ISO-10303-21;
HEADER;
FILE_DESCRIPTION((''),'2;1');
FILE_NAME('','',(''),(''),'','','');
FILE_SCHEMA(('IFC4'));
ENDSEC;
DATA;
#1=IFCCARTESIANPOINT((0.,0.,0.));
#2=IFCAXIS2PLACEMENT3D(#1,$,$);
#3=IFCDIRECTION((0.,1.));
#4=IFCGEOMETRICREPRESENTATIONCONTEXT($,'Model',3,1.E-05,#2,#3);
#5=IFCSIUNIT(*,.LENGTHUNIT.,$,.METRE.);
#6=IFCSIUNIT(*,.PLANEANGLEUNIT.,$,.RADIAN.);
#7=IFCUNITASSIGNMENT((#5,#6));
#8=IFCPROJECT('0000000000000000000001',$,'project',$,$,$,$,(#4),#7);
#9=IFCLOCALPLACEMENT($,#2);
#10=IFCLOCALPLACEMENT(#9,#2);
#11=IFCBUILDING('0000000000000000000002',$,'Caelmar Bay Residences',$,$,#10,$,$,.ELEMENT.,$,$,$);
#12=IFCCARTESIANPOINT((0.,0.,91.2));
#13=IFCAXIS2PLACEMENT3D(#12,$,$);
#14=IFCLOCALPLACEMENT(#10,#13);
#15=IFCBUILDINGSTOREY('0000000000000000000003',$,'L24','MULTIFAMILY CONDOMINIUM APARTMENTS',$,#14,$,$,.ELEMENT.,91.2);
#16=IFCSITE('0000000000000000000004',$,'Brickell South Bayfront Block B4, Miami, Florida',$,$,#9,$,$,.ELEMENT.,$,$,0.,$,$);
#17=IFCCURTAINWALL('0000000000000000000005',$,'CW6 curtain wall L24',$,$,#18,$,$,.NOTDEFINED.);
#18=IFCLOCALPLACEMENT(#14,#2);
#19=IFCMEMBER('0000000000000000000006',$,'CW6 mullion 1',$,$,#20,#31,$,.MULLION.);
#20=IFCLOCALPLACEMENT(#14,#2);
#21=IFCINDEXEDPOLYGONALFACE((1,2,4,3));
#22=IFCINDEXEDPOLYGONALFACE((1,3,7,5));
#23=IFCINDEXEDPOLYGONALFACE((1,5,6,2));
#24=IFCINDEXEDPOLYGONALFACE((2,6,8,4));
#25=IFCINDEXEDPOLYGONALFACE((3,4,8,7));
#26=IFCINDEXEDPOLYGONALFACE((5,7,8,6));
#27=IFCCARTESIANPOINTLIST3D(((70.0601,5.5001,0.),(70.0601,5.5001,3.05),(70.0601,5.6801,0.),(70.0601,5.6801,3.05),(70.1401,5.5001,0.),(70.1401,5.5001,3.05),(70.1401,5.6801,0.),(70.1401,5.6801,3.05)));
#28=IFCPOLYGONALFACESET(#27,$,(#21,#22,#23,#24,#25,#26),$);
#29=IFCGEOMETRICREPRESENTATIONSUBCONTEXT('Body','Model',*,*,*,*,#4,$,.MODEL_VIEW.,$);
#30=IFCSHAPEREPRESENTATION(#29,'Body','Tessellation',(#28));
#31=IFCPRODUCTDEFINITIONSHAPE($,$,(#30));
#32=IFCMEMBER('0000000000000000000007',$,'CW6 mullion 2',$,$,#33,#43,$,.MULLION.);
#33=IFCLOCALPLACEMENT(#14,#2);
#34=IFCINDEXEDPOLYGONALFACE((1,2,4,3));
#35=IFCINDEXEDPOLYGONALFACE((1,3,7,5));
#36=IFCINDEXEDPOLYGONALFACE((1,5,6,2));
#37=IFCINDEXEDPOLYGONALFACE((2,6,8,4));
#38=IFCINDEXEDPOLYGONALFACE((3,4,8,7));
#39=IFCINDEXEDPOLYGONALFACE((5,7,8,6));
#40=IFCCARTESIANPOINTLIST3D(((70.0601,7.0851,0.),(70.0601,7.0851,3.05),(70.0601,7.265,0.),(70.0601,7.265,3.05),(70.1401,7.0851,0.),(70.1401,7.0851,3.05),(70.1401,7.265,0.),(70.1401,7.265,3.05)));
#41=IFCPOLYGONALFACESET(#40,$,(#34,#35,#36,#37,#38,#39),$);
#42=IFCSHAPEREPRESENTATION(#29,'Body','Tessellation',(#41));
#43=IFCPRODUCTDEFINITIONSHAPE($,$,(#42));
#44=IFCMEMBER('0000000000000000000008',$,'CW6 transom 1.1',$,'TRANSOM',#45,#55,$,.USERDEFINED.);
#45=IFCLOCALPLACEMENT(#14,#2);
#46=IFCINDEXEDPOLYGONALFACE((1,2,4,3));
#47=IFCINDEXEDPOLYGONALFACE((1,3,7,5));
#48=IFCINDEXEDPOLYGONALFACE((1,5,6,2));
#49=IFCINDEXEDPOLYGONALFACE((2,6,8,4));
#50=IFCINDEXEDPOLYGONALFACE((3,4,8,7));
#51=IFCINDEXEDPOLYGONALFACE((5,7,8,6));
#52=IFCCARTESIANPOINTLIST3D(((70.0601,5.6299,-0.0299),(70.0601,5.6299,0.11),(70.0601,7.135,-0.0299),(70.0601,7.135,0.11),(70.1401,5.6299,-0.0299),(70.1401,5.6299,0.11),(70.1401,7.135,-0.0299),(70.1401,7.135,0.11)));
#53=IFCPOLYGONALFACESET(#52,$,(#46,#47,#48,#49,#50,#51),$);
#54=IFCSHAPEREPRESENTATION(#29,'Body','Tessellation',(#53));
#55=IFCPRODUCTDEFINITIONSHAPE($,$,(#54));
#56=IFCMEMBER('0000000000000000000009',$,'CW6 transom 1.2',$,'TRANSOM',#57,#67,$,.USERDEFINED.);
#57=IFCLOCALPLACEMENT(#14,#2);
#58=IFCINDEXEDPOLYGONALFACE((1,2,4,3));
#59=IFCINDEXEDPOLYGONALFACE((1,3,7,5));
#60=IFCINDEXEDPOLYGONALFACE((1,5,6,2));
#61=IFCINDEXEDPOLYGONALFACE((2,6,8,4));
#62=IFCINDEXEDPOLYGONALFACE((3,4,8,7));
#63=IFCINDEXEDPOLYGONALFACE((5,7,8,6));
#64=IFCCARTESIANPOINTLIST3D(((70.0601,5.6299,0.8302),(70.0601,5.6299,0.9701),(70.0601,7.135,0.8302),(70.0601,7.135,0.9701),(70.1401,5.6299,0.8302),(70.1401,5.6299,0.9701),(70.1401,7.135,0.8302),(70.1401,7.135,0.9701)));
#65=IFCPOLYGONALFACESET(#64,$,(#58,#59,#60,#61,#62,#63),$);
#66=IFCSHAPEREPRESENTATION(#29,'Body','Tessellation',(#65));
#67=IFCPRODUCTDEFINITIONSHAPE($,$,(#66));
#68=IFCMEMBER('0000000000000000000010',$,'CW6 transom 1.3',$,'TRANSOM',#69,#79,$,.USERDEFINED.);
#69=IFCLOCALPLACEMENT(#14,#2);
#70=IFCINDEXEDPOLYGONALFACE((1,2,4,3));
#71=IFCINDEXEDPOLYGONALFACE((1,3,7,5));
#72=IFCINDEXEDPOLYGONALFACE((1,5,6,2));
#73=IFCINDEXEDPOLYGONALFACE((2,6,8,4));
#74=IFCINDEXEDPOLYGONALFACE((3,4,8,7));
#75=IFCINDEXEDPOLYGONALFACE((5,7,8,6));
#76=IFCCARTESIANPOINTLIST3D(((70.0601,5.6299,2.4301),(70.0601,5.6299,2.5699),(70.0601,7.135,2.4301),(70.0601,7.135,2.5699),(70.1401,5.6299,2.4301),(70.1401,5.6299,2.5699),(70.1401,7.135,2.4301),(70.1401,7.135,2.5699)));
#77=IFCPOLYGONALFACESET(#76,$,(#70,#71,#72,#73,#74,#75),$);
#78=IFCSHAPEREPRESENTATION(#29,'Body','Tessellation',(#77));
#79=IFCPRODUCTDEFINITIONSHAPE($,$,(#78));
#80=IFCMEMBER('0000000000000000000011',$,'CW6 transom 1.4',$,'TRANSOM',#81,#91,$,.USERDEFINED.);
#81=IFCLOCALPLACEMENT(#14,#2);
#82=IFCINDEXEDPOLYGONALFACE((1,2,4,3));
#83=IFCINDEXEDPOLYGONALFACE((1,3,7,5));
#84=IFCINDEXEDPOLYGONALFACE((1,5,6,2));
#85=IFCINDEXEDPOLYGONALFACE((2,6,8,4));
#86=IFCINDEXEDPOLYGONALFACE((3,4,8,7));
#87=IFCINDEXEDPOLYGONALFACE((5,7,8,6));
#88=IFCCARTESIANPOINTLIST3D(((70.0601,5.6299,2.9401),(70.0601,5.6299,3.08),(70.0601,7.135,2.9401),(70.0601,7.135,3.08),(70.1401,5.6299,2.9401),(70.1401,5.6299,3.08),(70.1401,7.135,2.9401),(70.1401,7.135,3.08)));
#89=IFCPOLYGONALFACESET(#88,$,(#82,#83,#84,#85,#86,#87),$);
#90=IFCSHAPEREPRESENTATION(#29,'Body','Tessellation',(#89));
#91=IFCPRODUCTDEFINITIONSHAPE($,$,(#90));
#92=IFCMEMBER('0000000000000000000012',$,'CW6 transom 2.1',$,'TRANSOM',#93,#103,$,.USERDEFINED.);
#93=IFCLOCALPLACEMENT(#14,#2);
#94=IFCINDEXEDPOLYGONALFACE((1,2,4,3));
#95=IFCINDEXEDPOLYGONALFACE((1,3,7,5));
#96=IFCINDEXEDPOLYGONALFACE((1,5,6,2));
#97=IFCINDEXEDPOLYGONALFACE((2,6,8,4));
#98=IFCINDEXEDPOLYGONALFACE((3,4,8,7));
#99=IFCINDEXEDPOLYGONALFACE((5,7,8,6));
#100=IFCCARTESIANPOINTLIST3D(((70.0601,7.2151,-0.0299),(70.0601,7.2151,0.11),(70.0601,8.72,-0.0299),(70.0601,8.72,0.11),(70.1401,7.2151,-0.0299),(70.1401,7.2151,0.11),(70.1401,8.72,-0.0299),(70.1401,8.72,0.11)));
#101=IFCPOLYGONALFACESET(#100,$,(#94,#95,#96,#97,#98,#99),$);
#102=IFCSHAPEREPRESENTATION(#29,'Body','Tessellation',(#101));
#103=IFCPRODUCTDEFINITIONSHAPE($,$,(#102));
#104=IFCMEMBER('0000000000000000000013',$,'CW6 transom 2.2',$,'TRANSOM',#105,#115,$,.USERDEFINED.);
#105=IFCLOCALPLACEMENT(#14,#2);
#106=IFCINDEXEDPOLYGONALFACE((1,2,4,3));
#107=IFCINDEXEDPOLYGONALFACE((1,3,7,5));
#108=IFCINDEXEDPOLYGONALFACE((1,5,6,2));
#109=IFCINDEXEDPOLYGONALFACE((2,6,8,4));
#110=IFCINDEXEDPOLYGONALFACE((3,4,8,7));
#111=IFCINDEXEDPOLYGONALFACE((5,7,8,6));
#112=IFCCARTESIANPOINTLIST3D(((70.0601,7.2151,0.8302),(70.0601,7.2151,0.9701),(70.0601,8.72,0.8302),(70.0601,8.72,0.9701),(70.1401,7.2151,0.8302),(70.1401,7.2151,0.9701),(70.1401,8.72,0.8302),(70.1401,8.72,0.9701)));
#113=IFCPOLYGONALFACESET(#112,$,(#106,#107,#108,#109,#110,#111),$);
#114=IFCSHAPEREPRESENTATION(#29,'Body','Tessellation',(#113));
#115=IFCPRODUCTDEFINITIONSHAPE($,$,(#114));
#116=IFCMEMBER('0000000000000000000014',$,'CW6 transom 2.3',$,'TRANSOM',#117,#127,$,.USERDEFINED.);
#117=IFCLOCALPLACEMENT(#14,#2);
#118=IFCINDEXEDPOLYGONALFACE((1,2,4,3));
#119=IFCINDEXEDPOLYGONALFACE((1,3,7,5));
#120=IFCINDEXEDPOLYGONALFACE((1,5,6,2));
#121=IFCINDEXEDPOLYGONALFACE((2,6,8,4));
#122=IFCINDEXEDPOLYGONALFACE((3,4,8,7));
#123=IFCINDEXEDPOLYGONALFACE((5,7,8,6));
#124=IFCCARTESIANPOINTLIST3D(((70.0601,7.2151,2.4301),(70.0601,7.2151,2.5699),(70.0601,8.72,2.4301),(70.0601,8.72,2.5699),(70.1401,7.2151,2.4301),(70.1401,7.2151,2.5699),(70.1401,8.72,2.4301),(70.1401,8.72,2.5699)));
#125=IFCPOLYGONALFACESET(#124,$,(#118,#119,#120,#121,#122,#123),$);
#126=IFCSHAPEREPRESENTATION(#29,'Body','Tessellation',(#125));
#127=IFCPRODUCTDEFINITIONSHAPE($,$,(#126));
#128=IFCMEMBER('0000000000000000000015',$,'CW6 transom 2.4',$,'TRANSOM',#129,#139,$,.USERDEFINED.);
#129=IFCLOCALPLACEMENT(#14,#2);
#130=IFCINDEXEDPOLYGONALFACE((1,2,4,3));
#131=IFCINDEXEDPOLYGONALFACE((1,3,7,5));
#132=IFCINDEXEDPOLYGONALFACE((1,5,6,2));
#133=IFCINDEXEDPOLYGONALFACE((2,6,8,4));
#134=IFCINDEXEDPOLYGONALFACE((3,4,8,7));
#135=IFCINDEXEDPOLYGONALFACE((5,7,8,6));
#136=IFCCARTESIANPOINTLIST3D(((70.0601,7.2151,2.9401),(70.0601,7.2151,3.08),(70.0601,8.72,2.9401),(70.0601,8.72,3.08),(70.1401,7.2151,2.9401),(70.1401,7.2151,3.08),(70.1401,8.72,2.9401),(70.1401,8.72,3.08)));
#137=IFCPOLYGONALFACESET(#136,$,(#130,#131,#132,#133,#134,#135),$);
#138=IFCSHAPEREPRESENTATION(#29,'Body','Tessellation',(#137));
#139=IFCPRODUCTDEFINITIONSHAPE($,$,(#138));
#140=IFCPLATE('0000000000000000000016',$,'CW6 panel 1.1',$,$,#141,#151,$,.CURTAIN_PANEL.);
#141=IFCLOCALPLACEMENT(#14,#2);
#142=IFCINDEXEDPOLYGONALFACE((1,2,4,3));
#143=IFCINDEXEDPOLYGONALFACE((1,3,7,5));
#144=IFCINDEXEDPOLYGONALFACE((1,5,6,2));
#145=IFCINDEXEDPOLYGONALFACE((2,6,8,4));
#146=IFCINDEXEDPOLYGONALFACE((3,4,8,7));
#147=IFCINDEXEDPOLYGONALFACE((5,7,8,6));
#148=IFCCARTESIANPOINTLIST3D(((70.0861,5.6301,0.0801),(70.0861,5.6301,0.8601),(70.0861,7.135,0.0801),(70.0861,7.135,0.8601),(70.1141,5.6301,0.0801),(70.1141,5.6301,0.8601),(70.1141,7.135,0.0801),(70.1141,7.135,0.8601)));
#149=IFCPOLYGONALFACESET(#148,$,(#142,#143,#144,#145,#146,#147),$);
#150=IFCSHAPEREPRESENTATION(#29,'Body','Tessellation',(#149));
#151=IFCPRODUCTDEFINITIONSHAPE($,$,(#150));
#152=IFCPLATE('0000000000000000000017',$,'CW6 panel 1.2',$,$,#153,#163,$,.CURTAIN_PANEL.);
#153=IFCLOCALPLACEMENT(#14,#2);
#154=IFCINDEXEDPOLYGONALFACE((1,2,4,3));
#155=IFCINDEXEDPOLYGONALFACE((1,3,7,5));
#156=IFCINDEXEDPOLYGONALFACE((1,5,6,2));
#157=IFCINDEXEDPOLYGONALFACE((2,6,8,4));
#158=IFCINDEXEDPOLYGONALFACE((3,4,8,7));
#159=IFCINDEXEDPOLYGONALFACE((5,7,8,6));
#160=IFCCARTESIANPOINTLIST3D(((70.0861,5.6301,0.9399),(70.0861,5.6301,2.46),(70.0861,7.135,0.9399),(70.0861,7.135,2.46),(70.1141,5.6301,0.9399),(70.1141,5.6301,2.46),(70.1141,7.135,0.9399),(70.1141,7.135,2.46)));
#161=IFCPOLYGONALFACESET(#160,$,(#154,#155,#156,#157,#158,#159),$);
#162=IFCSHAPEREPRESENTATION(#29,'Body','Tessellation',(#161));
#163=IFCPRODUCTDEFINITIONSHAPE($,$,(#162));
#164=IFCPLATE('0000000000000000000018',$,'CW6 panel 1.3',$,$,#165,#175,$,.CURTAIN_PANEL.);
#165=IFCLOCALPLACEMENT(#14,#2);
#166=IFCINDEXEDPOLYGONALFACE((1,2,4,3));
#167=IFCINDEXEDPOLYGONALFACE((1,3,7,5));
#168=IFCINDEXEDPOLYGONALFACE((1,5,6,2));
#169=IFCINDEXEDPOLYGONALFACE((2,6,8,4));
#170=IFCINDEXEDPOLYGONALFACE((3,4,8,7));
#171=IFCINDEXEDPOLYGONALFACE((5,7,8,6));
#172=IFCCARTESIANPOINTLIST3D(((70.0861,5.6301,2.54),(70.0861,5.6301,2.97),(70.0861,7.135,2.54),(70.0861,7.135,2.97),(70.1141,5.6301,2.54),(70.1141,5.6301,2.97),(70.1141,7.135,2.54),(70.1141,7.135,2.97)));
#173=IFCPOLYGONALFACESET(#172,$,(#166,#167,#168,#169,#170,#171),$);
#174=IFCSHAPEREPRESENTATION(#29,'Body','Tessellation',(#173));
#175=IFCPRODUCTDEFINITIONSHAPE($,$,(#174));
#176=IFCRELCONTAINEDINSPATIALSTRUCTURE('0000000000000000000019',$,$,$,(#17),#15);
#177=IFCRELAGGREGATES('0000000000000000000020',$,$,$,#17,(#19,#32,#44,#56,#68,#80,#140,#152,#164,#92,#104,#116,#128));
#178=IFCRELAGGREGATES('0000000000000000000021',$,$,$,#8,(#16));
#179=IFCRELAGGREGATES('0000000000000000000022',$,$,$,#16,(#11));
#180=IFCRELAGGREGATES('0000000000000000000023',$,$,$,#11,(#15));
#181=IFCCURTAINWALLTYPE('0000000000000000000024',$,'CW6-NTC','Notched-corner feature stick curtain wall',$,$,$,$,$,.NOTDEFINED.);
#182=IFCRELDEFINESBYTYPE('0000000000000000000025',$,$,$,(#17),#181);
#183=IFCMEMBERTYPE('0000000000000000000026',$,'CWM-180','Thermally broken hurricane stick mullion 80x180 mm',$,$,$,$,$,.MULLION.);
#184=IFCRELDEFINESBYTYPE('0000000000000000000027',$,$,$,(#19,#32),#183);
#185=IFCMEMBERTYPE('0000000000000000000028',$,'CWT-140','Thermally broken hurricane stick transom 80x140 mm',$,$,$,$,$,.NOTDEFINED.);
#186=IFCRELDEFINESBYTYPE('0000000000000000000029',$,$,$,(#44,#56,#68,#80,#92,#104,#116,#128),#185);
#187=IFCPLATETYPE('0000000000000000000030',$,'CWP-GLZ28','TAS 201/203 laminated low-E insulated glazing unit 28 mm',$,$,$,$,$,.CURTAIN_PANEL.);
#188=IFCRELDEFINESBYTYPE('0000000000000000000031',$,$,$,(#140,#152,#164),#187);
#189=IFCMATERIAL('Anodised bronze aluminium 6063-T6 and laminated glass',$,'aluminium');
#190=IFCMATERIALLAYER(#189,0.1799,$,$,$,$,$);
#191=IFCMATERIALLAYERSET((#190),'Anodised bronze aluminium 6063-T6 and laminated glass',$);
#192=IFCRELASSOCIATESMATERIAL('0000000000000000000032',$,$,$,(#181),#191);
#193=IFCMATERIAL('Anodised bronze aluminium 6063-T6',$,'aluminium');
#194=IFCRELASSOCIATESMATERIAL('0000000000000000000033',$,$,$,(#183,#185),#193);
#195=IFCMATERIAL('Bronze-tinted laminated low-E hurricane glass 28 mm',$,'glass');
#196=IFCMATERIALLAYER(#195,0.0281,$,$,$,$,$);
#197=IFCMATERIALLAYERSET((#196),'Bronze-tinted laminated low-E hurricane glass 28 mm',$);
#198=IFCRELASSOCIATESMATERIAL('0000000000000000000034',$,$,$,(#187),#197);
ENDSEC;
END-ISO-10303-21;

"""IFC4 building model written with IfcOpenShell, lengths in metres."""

from ifc_helpers import new_model, si_unit, direction, frame, origin, origin_2d, place, context, subcontext, project, spatial, rectangle, extrude, material, layer, layer_set, material_profile, profile_set, type_object, element, aggregate, save


model = new_model("IFC4")

# Units and contexts
model_context = context("Model", 3, precision=1e-05, world=origin(), true_north=direction((0.0, 1.0)))
body_context = subcontext(model_context, "Body", "Model", "MODEL_VIEW")
ifc_project = project(units=[si_unit("LENGTHUNIT", "METRE"), si_unit("PLANEANGLEUNIT", "RADIAN")], contexts=[model_context])

# Site, building, storey
site_placement = place(None, origin())
site = spatial("IfcSite", under=ifc_project, at=site_placement, Name="Brickell South Bayfront Block B4, Miami, Florida", CompositionType="ELEMENT", RefElevation=0.0)
building_placement = place(site_placement, origin())
building = spatial("IfcBuilding", under=site, at=building_placement, Name="Caelmar Bay Residences", CompositionType="ELEMENT")
storey_placement = place(building_placement, frame((0.0, 0.0, 91.2)))
storey = spatial("IfcBuildingStorey", under=building, at=storey_placement, Name="L24", Description="MULTIFAMILY CONDOMINIUM APARTMENTS", CompositionType="ELEMENT", Elevation=91.2)

# Curtain wall, members, plates
ifc_material_1 = material(Name="Anodised bronze aluminium 6063-T6 and laminated glass", Category="aluminium")
ifc_layer_1 = layer(ifc_material_1, 0.1799)
ifc_layer_set_1 = layer_set([ifc_layer_1], Name="Anodised bronze aluminium 6063-T6 and laminated glass")
curtain_wall_type = type_object("IfcCurtainWallType", Name="CW6-NTC", Description="Notched-corner feature stick curtain wall", PredefinedType="NOTDEFINED", material=ifc_layer_set_1)
curtain_wall_placement = place(storey_placement, origin())
curtain_wall = element("IfcCurtainWall", 1, at=curtain_wall_placement, inside=storey, type_object=curtain_wall_type, Name="CW6 curtain wall L24", PredefinedType="NOTDEFINED")
ifc_material_2 = material(Name="Anodised bronze aluminium 6063-T6", Category="aluminium")
ifc_material_profile_1 = material_profile(ifc_material_2, rectangle(XDim=0.0801, YDim=0.1799, at=origin_2d()), Name="CWM-80X180")
ifc_profile_set_1 = profile_set([ifc_material_profile_1], Name="Anodised bronze aluminium 6063-T6")
member_type_1 = type_object("IfcMemberType", Name="CWM-180", Description="Thermally broken hurricane stick mullion 80x180 mm", PredefinedType="MULLION", material=ifc_profile_set_1)
member_1_placement = place(storey_placement, frame((70.1001, 5.5901, 0.0), z_axis=(0.0, 0.0, 1.0), x_axis=(-1.0, 0.0, 0.0)))
member_1 = element("IfcMember", 2, at=member_1_placement, type_object=member_type_1, Name="CW6 mullion 1", PredefinedType="MULLION", context=body_context, shape_type="SweptSolid", body=[
    extrude(rectangle(XDim=0.0801, YDim=0.1799, at=origin_2d()), origin(), (0.0, 0.0, 1.0), 3.05),
])
member_2_placement = place(storey_placement, frame((70.1001, 7.175, 0.0), z_axis=(0.0, 0.0, 1.0), x_axis=(-1.0, 0.0, 0.0)))
member_2 = element("IfcMember", 3, at=member_2_placement, type_object=member_type_1, Name="CW6 mullion 2", PredefinedType="MULLION", context=body_context, shape_type="SweptSolid", body=[
    extrude(rectangle(XDim=0.0801, YDim=0.1799, at=origin_2d()), origin(), (0.0, 0.0, 1.0), 3.05),
])
ifc_material_profile_2 = material_profile(ifc_material_2, rectangle(XDim=0.0801, YDim=0.1399, at=origin_2d()), Name="CWT-80X140")
ifc_profile_set_2 = profile_set([ifc_material_profile_2], Name="Anodised bronze aluminium 6063-T6")
member_type_2 = type_object("IfcMemberType", Name="CWT-140", Description="Thermally broken hurricane stick transom 80x140 mm", PredefinedType="NOTDEFINED", material=ifc_profile_set_2)
member_3_placement = place(storey_placement, frame((70.1001, 5.6299, 0.04), z_axis=(0.0, 1.0, 0.0), x_axis=(-1.0, 0.0, 0.0)))
member_3 = element("IfcMember", 4, at=member_3_placement, type_object=member_type_2, Name="CW6 transom 1.1", ObjectType="TRANSOM", PredefinedType="USERDEFINED", context=body_context, shape_type="SweptSolid", body=[
    extrude(rectangle(XDim=0.0801, YDim=0.1399, at=origin_2d()), origin(), (0.0, 0.0, 1.0), 1.5051),
])
member_4_placement = place(storey_placement, frame((70.1001, 5.6299, 0.9001), z_axis=(0.0, 1.0, 0.0), x_axis=(-1.0, 0.0, 0.0)))
member_4 = element("IfcMember", 5, at=member_4_placement, type_object=member_type_2, Name="CW6 transom 1.2", ObjectType="TRANSOM", PredefinedType="USERDEFINED", context=body_context, shape_type="SweptSolid", body=[
    extrude(rectangle(XDim=0.0801, YDim=0.1399, at=origin_2d()), origin(), (0.0, 0.0, 1.0), 1.5051),
])
member_5_placement = place(storey_placement, frame((70.1001, 5.6299, 2.5), z_axis=(0.0, 1.0, 0.0), x_axis=(-1.0, 0.0, 0.0)))
member_5 = element("IfcMember", 6, at=member_5_placement, type_object=member_type_2, Name="CW6 transom 1.3", ObjectType="TRANSOM", PredefinedType="USERDEFINED", context=body_context, shape_type="SweptSolid", body=[
    extrude(rectangle(XDim=0.0801, YDim=0.1399, at=origin_2d()), origin(), (0.0, 0.0, 1.0), 1.5051),
])
member_6_placement = place(storey_placement, frame((70.1001, 5.6299, 3.01), z_axis=(0.0, 1.0, 0.0), x_axis=(-1.0, 0.0, 0.0)))
member_6 = element("IfcMember", 7, at=member_6_placement, type_object=member_type_2, Name="CW6 transom 1.4", ObjectType="TRANSOM", PredefinedType="USERDEFINED", context=body_context, shape_type="SweptSolid", body=[
    extrude(rectangle(XDim=0.0801, YDim=0.1399, at=origin_2d()), origin(), (0.0, 0.0, 1.0), 1.5051),
])
member_7_placement = place(storey_placement, frame((70.1001, 7.2151, 0.04), z_axis=(0.0, 1.0, 0.0), x_axis=(-1.0, 0.0, 0.0)))
member_7 = element("IfcMember", 8, at=member_7_placement, type_object=member_type_2, Name="CW6 transom 2.1", ObjectType="TRANSOM", PredefinedType="USERDEFINED", context=body_context, shape_type="SweptSolid", body=[
    extrude(rectangle(XDim=0.0801, YDim=0.1399, at=origin_2d()), origin(), (0.0, 0.0, 1.0), 1.5049),
])
member_8_placement = place(storey_placement, frame((70.1001, 7.2151, 0.9001), z_axis=(0.0, 1.0, 0.0), x_axis=(-1.0, 0.0, 0.0)))
member_8 = element("IfcMember", 9, at=member_8_placement, type_object=member_type_2, Name="CW6 transom 2.2", ObjectType="TRANSOM", PredefinedType="USERDEFINED", context=body_context, shape_type="SweptSolid", body=[
    extrude(rectangle(XDim=0.0801, YDim=0.1399, at=origin_2d()), origin(), (0.0, 0.0, 1.0), 1.5049),
])
member_9_placement = place(storey_placement, frame((70.1001, 7.2151, 2.5), z_axis=(0.0, 1.0, 0.0), x_axis=(-1.0, 0.0, 0.0)))
member_9 = element("IfcMember", 10, at=member_9_placement, type_object=member_type_2, Name="CW6 transom 2.3", ObjectType="TRANSOM", PredefinedType="USERDEFINED", context=body_context, shape_type="SweptSolid", body=[
    extrude(rectangle(XDim=0.0801, YDim=0.1399, at=origin_2d()), origin(), (0.0, 0.0, 1.0), 1.5049),
])
member_10_placement = place(storey_placement, frame((70.1001, 7.2151, 3.01), z_axis=(0.0, 1.0, 0.0), x_axis=(-1.0, 0.0, 0.0)))
member_10 = element("IfcMember", 11, at=member_10_placement, type_object=member_type_2, Name="CW6 transom 2.4", ObjectType="TRANSOM", PredefinedType="USERDEFINED", context=body_context, shape_type="SweptSolid", body=[
    extrude(rectangle(XDim=0.0801, YDim=0.1399, at=origin_2d()), origin(), (0.0, 0.0, 1.0), 1.5049),
])
ifc_material_3 = material(Name="Bronze-tinted laminated low-E hurricane glass 28 mm", Category="glass")
ifc_layer_2 = layer(ifc_material_3, 0.0281)
ifc_layer_set_2 = layer_set([ifc_layer_2], Name="Bronze-tinted laminated low-E hurricane glass 28 mm")
plate_type = type_object("IfcPlateType", Name="CWP-GLZ28", Description="TAS 201/203 laminated low-E insulated glazing unit 28 mm", PredefinedType="CURTAIN_PANEL", material=ifc_layer_set_2)
plate_1_placement = place(storey_placement, frame((70.1001, 6.3826, 0.0801), z_axis=(0.0, 0.0, 1.0), x_axis=(0.0, 1.0, 0.0)))
plate_1 = element("IfcPlate", 12, at=plate_1_placement, type_object=plate_type, Name="CW6 panel 1.1", PredefinedType="CURTAIN_PANEL", context=body_context, shape_type="SweptSolid", body=[
    extrude(rectangle(XDim=1.5049, YDim=0.0281, at=origin_2d()), origin(), (0.0, 0.0, 1.0), 0.78),
])
plate_2_placement = place(storey_placement, frame((70.1001, 6.3826, 0.9399), z_axis=(0.0, 0.0, 1.0), x_axis=(0.0, 1.0, 0.0)))
plate_2 = element("IfcPlate", 13, at=plate_2_placement, type_object=plate_type, Name="CW6 panel 1.2", PredefinedType="CURTAIN_PANEL", context=body_context, shape_type="SweptSolid", body=[
    extrude(rectangle(XDim=1.5049, YDim=0.0281, at=origin_2d()), origin(), (0.0, 0.0, 1.0), 1.52),
])
plate_3_placement = place(storey_placement, frame((70.1001, 6.3826, 2.54), z_axis=(0.0, 0.0, 1.0), x_axis=(0.0, 1.0, 0.0)))
plate_3 = element("IfcPlate", 14, at=plate_3_placement, type_object=plate_type, Name="CW6 panel 1.3", PredefinedType="CURTAIN_PANEL", context=body_context, shape_type="SweptSolid", body=[
    extrude(rectangle(XDim=1.5049, YDim=0.0281, at=origin_2d()), origin(), (0.0, 0.0, 1.0), 0.4299),
])
aggregate(curtain_wall, [member_1, member_2, member_3, member_4, member_5, member_6, plate_1, plate_2, plate_3, member_7, member_8, member_9, member_10])

save(model, "model.ifc")
